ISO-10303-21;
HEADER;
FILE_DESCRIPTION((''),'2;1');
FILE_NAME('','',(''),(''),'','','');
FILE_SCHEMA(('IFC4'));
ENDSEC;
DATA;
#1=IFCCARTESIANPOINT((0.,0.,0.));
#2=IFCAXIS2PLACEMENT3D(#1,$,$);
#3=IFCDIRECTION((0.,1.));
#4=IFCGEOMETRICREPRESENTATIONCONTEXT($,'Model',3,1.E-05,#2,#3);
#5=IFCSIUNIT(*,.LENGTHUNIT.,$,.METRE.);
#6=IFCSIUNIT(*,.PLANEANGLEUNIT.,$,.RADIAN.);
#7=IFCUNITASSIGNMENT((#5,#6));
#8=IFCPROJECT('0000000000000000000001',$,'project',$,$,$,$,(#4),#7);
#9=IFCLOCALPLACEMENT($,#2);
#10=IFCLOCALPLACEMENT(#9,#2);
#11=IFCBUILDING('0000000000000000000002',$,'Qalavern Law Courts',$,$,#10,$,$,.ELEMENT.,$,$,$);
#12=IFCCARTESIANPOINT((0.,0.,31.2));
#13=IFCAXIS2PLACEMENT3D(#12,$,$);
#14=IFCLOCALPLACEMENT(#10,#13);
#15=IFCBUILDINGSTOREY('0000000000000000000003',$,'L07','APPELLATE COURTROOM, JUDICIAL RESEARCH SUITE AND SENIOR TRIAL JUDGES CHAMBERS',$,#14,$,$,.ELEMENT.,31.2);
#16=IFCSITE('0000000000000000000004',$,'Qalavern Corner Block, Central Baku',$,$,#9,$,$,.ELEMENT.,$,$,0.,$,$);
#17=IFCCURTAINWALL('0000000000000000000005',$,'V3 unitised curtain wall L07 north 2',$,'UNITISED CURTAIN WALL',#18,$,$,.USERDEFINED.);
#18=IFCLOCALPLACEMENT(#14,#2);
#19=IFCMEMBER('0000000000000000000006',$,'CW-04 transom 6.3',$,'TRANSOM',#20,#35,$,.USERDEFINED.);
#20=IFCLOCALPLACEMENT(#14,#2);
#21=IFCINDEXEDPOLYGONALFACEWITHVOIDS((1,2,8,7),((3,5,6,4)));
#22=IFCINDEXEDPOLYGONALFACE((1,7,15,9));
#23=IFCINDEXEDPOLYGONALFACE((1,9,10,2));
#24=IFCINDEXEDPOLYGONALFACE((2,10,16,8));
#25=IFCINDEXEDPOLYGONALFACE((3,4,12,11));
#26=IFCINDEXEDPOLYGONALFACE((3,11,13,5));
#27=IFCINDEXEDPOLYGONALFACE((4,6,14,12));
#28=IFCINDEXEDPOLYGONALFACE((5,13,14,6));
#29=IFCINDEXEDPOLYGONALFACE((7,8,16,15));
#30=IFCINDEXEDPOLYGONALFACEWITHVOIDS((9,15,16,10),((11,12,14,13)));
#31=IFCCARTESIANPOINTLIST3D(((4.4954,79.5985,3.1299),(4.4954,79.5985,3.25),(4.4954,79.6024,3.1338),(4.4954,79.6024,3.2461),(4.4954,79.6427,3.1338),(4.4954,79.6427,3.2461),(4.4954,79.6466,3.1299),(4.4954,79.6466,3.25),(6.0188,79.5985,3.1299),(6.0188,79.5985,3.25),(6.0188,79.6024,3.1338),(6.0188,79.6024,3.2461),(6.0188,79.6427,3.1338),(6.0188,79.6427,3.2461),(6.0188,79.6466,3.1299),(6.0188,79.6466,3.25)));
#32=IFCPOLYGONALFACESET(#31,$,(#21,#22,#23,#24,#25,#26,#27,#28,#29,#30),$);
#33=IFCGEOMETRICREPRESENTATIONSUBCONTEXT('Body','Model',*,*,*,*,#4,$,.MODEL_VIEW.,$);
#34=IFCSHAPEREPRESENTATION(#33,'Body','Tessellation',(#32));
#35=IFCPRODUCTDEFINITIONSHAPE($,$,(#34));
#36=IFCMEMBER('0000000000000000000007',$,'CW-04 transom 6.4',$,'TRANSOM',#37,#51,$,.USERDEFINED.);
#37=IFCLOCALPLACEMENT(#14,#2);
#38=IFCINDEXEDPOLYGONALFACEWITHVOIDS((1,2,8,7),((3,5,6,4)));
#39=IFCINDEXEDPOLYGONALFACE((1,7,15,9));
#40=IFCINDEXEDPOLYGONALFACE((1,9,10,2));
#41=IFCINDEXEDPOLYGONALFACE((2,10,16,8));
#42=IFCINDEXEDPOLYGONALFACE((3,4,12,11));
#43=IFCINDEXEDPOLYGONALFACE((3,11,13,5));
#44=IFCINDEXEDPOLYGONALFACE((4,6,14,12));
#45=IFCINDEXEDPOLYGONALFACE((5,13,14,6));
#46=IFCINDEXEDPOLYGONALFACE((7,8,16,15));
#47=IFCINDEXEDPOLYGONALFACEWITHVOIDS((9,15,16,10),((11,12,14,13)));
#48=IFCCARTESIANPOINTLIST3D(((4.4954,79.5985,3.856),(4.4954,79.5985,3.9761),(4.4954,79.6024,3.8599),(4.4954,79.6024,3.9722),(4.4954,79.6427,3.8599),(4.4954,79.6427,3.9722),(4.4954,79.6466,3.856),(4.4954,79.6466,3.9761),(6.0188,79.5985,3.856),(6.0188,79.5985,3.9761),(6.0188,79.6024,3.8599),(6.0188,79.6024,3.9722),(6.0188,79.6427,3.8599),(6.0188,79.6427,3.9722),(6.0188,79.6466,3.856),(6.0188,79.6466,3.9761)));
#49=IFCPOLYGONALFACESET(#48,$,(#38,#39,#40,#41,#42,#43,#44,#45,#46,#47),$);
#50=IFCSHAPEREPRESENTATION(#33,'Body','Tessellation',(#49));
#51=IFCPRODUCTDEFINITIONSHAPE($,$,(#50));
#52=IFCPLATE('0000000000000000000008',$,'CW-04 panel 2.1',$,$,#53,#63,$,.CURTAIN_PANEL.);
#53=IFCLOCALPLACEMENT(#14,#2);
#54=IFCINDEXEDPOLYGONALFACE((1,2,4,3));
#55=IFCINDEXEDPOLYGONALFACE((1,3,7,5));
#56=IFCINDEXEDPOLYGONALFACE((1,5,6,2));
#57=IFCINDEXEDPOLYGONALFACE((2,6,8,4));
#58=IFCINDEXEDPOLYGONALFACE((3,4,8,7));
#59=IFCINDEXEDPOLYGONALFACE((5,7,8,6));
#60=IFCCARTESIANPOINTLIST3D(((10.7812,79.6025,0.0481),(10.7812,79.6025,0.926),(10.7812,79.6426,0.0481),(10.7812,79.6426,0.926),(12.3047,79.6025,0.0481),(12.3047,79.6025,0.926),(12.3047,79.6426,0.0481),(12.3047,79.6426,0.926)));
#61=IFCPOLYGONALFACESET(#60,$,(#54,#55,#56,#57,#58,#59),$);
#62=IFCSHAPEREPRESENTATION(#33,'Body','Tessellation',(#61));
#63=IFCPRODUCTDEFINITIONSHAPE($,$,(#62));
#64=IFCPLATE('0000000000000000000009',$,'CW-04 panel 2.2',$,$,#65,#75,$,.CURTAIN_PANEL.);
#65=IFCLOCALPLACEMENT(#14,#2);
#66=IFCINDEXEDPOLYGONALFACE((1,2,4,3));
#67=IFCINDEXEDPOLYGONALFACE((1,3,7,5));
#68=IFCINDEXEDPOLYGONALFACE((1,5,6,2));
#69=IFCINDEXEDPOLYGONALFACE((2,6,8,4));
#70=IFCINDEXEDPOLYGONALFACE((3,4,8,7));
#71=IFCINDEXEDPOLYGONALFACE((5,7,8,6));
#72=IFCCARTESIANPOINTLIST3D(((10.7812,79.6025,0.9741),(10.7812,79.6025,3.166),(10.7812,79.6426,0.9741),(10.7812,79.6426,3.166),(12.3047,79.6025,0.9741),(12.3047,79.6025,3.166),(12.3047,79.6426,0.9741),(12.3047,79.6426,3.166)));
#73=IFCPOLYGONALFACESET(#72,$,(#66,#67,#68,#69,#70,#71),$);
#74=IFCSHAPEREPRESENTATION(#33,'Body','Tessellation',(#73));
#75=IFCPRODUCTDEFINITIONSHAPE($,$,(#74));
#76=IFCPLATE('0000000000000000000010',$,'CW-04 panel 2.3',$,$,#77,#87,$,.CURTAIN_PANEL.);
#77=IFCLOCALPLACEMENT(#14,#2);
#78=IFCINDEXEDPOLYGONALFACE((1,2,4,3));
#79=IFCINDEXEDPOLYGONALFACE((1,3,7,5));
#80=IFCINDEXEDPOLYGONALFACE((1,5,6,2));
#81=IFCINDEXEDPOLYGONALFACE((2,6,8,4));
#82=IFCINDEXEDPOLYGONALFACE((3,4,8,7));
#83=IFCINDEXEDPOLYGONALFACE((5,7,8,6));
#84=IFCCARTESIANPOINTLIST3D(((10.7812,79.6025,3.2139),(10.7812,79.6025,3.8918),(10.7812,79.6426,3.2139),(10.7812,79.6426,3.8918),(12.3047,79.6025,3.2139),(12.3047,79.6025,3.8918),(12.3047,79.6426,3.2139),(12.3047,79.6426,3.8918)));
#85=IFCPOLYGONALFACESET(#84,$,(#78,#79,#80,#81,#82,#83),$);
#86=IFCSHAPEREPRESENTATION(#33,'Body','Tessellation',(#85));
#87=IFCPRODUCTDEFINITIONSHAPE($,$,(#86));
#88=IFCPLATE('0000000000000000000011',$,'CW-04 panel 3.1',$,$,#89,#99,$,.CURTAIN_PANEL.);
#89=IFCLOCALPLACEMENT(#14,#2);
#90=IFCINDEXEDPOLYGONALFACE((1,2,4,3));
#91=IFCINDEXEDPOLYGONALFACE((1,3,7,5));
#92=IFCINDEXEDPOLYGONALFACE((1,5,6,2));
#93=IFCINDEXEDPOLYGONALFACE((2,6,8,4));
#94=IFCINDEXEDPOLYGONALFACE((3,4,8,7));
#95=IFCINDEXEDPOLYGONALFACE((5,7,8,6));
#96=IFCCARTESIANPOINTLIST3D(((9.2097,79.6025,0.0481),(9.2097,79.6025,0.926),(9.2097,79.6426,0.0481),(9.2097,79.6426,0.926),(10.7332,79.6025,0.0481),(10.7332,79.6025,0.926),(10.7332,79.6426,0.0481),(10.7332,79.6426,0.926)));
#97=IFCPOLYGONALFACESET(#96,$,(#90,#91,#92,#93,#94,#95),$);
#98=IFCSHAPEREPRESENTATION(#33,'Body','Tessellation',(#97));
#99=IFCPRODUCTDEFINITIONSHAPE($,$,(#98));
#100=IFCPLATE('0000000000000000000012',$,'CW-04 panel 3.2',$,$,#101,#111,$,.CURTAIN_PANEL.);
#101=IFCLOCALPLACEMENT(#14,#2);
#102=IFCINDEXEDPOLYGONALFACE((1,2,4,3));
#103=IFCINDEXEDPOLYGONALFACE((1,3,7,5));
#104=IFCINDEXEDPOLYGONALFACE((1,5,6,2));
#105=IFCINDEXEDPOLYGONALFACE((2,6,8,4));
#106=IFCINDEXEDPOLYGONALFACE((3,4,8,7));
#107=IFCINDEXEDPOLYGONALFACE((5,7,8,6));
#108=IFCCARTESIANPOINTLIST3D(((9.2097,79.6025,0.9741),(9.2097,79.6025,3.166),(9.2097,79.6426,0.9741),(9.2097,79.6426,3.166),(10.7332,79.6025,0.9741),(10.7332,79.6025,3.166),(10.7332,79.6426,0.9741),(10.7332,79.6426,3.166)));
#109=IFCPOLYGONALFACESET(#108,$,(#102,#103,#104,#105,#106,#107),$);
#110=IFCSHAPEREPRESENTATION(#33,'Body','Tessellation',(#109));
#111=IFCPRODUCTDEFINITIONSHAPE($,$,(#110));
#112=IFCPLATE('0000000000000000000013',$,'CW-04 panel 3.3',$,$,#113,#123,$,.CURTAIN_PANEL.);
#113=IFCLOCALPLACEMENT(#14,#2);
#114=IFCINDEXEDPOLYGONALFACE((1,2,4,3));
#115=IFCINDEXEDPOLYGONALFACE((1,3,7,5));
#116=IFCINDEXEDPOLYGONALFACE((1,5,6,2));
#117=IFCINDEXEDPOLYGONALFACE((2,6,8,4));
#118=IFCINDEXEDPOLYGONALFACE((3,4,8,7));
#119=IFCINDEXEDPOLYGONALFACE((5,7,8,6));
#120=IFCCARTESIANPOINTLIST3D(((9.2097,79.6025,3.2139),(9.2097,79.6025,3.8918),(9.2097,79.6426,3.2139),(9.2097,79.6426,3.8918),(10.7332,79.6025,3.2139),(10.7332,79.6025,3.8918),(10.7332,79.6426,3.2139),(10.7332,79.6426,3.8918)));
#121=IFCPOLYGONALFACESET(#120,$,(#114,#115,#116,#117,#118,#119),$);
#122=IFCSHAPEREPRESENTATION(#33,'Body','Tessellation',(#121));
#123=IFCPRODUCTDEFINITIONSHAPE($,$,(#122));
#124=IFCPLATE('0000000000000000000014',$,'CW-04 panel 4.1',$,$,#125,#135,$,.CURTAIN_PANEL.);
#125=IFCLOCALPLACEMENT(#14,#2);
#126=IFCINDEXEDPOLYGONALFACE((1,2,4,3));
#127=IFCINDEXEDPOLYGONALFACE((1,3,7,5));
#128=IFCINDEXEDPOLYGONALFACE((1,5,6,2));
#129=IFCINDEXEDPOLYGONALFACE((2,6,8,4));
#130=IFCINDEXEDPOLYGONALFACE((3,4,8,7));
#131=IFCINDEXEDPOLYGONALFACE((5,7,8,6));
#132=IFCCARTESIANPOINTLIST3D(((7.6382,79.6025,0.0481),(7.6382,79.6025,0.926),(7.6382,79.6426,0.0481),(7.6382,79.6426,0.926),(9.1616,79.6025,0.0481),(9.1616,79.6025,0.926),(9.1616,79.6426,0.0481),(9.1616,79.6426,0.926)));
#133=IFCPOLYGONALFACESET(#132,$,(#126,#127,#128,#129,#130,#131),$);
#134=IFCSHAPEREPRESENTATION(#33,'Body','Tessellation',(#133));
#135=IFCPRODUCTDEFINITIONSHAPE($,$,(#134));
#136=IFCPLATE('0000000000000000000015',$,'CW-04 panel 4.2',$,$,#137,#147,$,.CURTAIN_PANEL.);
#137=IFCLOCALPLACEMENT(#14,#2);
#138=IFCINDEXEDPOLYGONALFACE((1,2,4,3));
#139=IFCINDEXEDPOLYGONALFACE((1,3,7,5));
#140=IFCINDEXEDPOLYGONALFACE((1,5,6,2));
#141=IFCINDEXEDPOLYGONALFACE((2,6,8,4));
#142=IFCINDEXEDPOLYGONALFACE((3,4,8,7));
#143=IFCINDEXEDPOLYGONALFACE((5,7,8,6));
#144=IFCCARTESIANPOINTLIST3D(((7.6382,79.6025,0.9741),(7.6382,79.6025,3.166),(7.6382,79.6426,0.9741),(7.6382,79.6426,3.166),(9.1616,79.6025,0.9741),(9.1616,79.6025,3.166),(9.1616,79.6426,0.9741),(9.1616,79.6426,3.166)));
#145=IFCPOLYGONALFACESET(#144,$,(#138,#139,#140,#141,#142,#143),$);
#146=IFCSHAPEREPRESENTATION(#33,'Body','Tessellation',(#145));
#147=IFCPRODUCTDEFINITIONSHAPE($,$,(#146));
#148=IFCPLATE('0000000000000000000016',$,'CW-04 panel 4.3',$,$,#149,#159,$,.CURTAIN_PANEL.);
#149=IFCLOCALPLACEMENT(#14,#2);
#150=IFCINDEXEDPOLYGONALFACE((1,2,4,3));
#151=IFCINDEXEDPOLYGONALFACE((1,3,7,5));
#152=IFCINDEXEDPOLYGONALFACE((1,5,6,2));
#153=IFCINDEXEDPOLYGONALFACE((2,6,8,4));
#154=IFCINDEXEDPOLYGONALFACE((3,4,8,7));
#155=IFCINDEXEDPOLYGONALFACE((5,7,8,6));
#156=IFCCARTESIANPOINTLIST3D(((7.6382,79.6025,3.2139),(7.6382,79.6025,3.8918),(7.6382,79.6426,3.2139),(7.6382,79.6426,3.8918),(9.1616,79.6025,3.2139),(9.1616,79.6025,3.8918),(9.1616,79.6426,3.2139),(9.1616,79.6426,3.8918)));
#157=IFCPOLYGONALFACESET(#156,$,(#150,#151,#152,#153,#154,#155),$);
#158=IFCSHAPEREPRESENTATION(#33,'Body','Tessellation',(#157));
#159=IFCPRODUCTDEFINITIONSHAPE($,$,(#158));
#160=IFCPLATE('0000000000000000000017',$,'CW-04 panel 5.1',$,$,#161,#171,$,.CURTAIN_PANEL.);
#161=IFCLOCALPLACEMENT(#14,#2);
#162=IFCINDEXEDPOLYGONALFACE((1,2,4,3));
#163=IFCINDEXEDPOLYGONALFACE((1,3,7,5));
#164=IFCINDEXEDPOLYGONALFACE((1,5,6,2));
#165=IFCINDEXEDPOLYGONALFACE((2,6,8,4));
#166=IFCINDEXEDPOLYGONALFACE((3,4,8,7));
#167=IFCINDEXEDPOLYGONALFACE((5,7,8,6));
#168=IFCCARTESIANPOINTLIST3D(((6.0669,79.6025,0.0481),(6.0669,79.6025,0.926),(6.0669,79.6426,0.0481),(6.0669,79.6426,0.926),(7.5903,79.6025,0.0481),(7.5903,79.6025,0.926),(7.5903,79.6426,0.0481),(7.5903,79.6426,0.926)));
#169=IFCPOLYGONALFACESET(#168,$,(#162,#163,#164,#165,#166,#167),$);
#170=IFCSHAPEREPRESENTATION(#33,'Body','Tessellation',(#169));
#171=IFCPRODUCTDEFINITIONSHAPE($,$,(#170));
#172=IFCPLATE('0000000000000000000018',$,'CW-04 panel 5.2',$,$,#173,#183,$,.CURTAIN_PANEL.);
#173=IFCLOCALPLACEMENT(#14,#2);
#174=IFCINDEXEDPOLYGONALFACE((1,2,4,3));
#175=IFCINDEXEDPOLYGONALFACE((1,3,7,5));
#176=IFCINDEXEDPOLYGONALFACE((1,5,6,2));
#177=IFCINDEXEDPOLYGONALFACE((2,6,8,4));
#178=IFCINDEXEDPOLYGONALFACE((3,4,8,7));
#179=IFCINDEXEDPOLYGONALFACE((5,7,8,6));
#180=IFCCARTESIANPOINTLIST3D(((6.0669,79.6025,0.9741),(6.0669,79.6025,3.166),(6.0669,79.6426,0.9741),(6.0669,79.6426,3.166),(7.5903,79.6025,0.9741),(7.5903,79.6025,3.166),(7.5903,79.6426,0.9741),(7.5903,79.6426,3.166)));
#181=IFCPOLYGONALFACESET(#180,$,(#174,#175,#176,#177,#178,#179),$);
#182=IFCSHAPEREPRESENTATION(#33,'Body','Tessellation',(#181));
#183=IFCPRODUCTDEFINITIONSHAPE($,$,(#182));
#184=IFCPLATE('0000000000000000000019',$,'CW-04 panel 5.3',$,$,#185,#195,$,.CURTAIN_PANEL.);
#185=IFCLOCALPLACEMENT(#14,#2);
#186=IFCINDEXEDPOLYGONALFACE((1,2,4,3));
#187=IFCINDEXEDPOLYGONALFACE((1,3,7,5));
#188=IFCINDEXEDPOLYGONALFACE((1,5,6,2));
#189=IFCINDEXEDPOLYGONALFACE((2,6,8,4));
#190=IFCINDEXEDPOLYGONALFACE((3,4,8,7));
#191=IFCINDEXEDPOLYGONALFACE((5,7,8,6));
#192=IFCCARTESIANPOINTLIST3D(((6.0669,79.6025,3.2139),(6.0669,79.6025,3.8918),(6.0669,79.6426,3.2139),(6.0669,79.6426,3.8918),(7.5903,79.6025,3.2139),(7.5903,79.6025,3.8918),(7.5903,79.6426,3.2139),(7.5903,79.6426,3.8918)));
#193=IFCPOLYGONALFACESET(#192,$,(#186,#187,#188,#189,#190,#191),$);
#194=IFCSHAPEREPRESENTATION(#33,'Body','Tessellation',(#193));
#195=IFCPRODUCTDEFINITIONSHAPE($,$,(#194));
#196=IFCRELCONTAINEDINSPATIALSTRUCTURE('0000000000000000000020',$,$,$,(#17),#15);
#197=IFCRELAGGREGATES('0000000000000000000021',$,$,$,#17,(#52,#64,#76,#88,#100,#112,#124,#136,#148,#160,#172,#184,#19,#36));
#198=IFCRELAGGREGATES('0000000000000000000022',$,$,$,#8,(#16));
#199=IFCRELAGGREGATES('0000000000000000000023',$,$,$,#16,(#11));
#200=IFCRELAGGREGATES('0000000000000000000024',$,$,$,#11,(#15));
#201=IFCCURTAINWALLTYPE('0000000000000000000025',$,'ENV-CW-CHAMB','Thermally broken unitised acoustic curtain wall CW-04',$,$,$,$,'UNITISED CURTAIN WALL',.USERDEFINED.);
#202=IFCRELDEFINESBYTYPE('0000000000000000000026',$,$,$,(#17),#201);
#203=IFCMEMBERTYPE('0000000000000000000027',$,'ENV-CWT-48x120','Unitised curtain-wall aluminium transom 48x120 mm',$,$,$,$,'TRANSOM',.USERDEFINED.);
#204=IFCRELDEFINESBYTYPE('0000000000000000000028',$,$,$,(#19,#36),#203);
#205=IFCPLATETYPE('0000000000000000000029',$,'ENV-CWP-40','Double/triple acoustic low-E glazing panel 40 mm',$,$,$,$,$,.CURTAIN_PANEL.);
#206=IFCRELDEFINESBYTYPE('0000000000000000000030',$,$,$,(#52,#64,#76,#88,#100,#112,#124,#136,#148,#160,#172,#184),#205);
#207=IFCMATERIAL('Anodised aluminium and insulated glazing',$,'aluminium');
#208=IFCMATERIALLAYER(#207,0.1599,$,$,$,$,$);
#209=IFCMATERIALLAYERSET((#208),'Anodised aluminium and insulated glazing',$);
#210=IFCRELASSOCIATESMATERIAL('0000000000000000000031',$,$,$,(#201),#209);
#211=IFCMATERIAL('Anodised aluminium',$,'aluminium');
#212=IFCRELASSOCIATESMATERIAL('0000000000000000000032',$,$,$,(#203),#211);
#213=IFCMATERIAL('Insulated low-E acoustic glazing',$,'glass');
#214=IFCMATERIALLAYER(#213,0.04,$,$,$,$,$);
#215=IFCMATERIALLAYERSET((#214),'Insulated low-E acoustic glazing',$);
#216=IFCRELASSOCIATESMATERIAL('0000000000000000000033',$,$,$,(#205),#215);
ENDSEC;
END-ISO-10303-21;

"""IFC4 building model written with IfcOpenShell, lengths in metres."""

from ifc_helpers import new_model, si_unit, direction, frame, origin, origin_2d, place, context, subcontext, project, spatial, rectangle, hollow_rectangle, extrude, material, layer, layer_set, material_profile, profile_set, type_object, element, aggregate, save


model = new_model("IFC4")

# Units and contexts
model_context = context("Model", 3, precision=1e-05, world=origin(), true_north=direction((0.0, 1.0)))
body_context = subcontext(model_context, "Body", "Model", "MODEL_VIEW")
ifc_project = project(units=[si_unit("LENGTHUNIT", "METRE"), si_unit("PLANEANGLEUNIT", "RADIAN")], contexts=[model_context])

# Site, building, storey
site_placement = place(None, origin())
site = spatial("IfcSite", under=ifc_project, at=site_placement, Name="Qalavern Corner Block, Central Baku", CompositionType="ELEMENT", RefElevation=0.0)
building_placement = place(site_placement, origin())
building = spatial("IfcBuilding", under=site, at=building_placement, Name="Qalavern Law Courts", CompositionType="ELEMENT")
storey_placement = place(building_placement, frame((0.0, 0.0, 31.2)))
storey = spatial("IfcBuildingStorey", under=building, at=storey_placement, Name="L07", Description="APPELLATE COURTROOM, JUDICIAL RESEARCH SUITE AND SENIOR TRIAL JUDGES CHAMBERS", CompositionType="ELEMENT", Elevation=31.2)

# Curtain wall, members, plates
ifc_material_1 = material(Name="Anodised aluminium and insulated glazing", Category="aluminium")
ifc_layer_1 = layer(ifc_material_1, 0.1599)
ifc_layer_set_1 = layer_set([ifc_layer_1], Name="Anodised aluminium and insulated glazing")
curtain_wall_type = type_object("IfcCurtainWallType", Name="ENV-CW-CHAMB", Description="Thermally broken unitised acoustic curtain wall CW-04", ElementType="UNITISED CURTAIN WALL", PredefinedType="USERDEFINED", material=ifc_layer_set_1)
curtain_wall_placement = place(storey_placement, origin())
curtain_wall = element("IfcCurtainWall", 1, at=curtain_wall_placement, inside=storey, type_object=curtain_wall_type, Name="V3 unitised curtain wall L07 north 2", ObjectType="UNITISED CURTAIN WALL", PredefinedType="USERDEFINED")
ifc_material_2 = material(Name="Anodised aluminium", Category="aluminium")
ifc_material_profile_1 = material_profile(ifc_material_2, hollow_rectangle(XDim=0.0481, YDim=0.1201, WallThickness=0.0039, at=origin_2d()), Name="ALU TRANSOM 48x120")
ifc_profile_set_1 = profile_set([ifc_material_profile_1], Name="Anodised aluminium")
member_type_1 = type_object("IfcMemberType", Name="ENV-CWT-48x120", Description="Unitised curtain-wall aluminium transom 48x120 mm", ElementType="TRANSOM", PredefinedType="USERDEFINED", material=ifc_profile_set_1)
member_1_placement = place(storey_placement, frame((6.0188, 79.6226, 3.1899), z_axis=(-1.0, 0.0, 0.0), x_axis=(0.0, -1.0, 0.0)))
member_1 = element("IfcMember", 2, at=member_1_placement, type_object=member_type_1, Name="CW-04 transom 6.3", ObjectType="TRANSOM", PredefinedType="USERDEFINED", context=body_context, shape_type="SweptSolid", body=[
    extrude(hollow_rectangle(XDim=0.0481, YDim=0.1201, WallThickness=0.0039, at=origin_2d()), origin(), (0.0, 0.0, 1.0), 1.5234),
])
member_2_placement = place(storey_placement, frame((6.0188, 79.6226, 3.916), z_axis=(-1.0, 0.0, 0.0), x_axis=(0.0, -1.0, 0.0)))
member_2 = element("IfcMember", 3, at=member_2_placement, type_object=member_type_1, Name="CW-04 transom 6.4", ObjectType="TRANSOM", PredefinedType="USERDEFINED", context=body_context, shape_type="SweptSolid", body=[
    extrude(hollow_rectangle(XDim=0.0481, YDim=0.1201, WallThickness=0.0039, at=origin_2d()), origin(), (0.0, 0.0, 1.0), 1.5234),
])
ifc_material_3 = material(Name="Insulated low-E acoustic glazing", Category="glass")
ifc_layer_2 = layer(ifc_material_3, 0.04)
ifc_layer_set_2 = layer_set([ifc_layer_2], Name="Insulated low-E acoustic glazing")
plate_type = type_object("IfcPlateType", Name="ENV-CWP-40", Description="Double/triple acoustic low-E glazing panel 40 mm", PredefinedType="CURTAIN_PANEL", material=ifc_layer_set_2)
plate_1_placement = place(storey_placement, frame((11.543, 79.6226, 0.0481), z_axis=(0.0, 0.0, 1.0), x_axis=(-1.0, 0.0, 0.0)))
plate_1 = element("IfcPlate", 4, at=plate_1_placement, type_object=plate_type, Name="CW-04 panel 2.1", PredefinedType="CURTAIN_PANEL", context=body_context, shape_type="SweptSolid", body=[
    extrude(rectangle(XDim=1.5234, YDim=0.04, at=origin_2d()), origin(), (0.0, 0.0, 1.0), 0.8779),
])
plate_2_placement = place(storey_placement, frame((11.543, 79.6226, 0.9741), z_axis=(0.0, 0.0, 1.0), x_axis=(-1.0, 0.0, 0.0)))
plate_2 = element("IfcPlate", 5, at=plate_2_placement, type_object=plate_type, Name="CW-04 panel 2.2", PredefinedType="CURTAIN_PANEL", context=body_context, shape_type="SweptSolid", body=[
    extrude(rectangle(XDim=1.5234, YDim=0.04, at=origin_2d()), origin(), (0.0, 0.0, 1.0), 2.1919),
])
plate_3_placement = place(storey_placement, frame((11.543, 79.6226, 3.2139), z_axis=(0.0, 0.0, 1.0), x_axis=(-1.0, 0.0, 0.0)))
plate_3 = element("IfcPlate", 6, at=plate_3_placement, type_object=plate_type, Name="CW-04 panel 2.3", PredefinedType="CURTAIN_PANEL", context=body_context, shape_type="SweptSolid", body=[
    extrude(rectangle(XDim=1.5234, YDim=0.04, at=origin_2d()), origin(), (0.0, 0.0, 1.0), 0.678),
])
plate_4_placement = place(storey_placement, frame((9.9714, 79.6226, 0.0481), z_axis=(0.0, 0.0, 1.0), x_axis=(-1.0, 0.0, 0.0)))
plate_4 = element("IfcPlate", 7, at=plate_4_placement, type_object=plate_type, Name="CW-04 panel 3.1", PredefinedType="CURTAIN_PANEL", context=body_context, shape_type="SweptSolid", body=[
    extrude(rectangle(XDim=1.5234, YDim=0.04, at=origin_2d()), origin(), (0.0, 0.0, 1.0), 0.8779),
])
plate_5_placement = place(storey_placement, frame((9.9714, 79.6226, 0.9741), z_axis=(0.0, 0.0, 1.0), x_axis=(-1.0, 0.0, 0.0)))
plate_5 = element("IfcPlate", 8, at=plate_5_placement, type_object=plate_type, Name="CW-04 panel 3.2", PredefinedType="CURTAIN_PANEL", context=body_context, shape_type="SweptSolid", body=[
    extrude(rectangle(XDim=1.5234, YDim=0.04, at=origin_2d()), origin(), (0.0, 0.0, 1.0), 2.1919),
])
plate_6_placement = place(storey_placement, frame((9.9714, 79.6226, 3.2139), z_axis=(0.0, 0.0, 1.0), x_axis=(-1.0, 0.0, 0.0)))
plate_6 = element("IfcPlate", 9, at=plate_6_placement, type_object=plate_type, Name="CW-04 panel 3.3", PredefinedType="CURTAIN_PANEL", context=body_context, shape_type="SweptSolid", body=[
    extrude(rectangle(XDim=1.5234, YDim=0.04, at=origin_2d()), origin(), (0.0, 0.0, 1.0), 0.678),
])
plate_7_placement = place(storey_placement, frame((8.3999, 79.6226, 0.0481), z_axis=(0.0, 0.0, 1.0), x_axis=(-1.0, 0.0, 0.0)))
plate_7 = element("IfcPlate", 10, at=plate_7_placement, type_object=plate_type, Name="CW-04 panel 4.1", PredefinedType="CURTAIN_PANEL", context=body_context, shape_type="SweptSolid", body=[
    extrude(rectangle(XDim=1.5234, YDim=0.04, at=origin_2d()), origin(), (0.0, 0.0, 1.0), 0.8779),
])
plate_8_placement = place(storey_placement, frame((8.3999, 79.6226, 0.9741), z_axis=(0.0, 0.0, 1.0), x_axis=(-1.0, 0.0, 0.0)))
plate_8 = element("IfcPlate", 11, at=plate_8_placement, type_object=plate_type, Name="CW-04 panel 4.2", PredefinedType="CURTAIN_PANEL", context=body_context, shape_type="SweptSolid", body=[
    extrude(rectangle(XDim=1.5234, YDim=0.04, at=origin_2d()), origin(), (0.0, 0.0, 1.0), 2.1919),
])
plate_9_placement = place(storey_placement, frame((8.3999, 79.6226, 3.2139), z_axis=(0.0, 0.0, 1.0), x_axis=(-1.0, 0.0, 0.0)))
plate_9 = element("IfcPlate", 12, at=plate_9_placement, type_object=plate_type, Name="CW-04 panel 4.3", PredefinedType="CURTAIN_PANEL", context=body_context, shape_type="SweptSolid", body=[
    extrude(rectangle(XDim=1.5234, YDim=0.04, at=origin_2d()), origin(), (0.0, 0.0, 1.0), 0.678),
])
plate_10_placement = place(storey_placement, frame((6.8286, 79.6226, 0.0481), z_axis=(0.0, 0.0, 1.0), x_axis=(-1.0, 0.0, 0.0)))
plate_10 = element("IfcPlate", 13, at=plate_10_placement, type_object=plate_type, Name="CW-04 panel 5.1", PredefinedType="CURTAIN_PANEL", context=body_context, shape_type="SweptSolid", body=[
    extrude(rectangle(XDim=1.5234, YDim=0.04, at=origin_2d()), origin(), (0.0, 0.0, 1.0), 0.8779),
])
plate_11_placement = place(storey_placement, frame((6.8286, 79.6226, 0.9741), z_axis=(0.0, 0.0, 1.0), x_axis=(-1.0, 0.0, 0.0)))
plate_11 = element("IfcPlate", 14, at=plate_11_placement, type_object=plate_type, Name="CW-04 panel 5.2", PredefinedType="CURTAIN_PANEL", context=body_context, shape_type="SweptSolid", body=[
    extrude(rectangle(XDim=1.5234, YDim=0.04, at=origin_2d()), origin(), (0.0, 0.0, 1.0), 2.1919),
])
plate_12_placement = place(storey_placement, frame((6.8286, 79.6226, 3.2139), z_axis=(0.0, 0.0, 1.0), x_axis=(-1.0, 0.0, 0.0)))
plate_12 = element("IfcPlate", 15, at=plate_12_placement, type_object=plate_type, Name="CW-04 panel 5.3", PredefinedType="CURTAIN_PANEL", context=body_context, shape_type="SweptSolid", body=[
    extrude(rectangle(XDim=1.5234, YDim=0.04, at=origin_2d()), origin(), (0.0, 0.0, 1.0), 0.678),
])
aggregate(curtain_wall, [plate_1, plate_2, plate_3, plate_4, plate_5, plate_6, plate_7, plate_8, plate_9, plate_10, plate_11, plate_12, member_1, member_2])

save(model, "model.ifc")
